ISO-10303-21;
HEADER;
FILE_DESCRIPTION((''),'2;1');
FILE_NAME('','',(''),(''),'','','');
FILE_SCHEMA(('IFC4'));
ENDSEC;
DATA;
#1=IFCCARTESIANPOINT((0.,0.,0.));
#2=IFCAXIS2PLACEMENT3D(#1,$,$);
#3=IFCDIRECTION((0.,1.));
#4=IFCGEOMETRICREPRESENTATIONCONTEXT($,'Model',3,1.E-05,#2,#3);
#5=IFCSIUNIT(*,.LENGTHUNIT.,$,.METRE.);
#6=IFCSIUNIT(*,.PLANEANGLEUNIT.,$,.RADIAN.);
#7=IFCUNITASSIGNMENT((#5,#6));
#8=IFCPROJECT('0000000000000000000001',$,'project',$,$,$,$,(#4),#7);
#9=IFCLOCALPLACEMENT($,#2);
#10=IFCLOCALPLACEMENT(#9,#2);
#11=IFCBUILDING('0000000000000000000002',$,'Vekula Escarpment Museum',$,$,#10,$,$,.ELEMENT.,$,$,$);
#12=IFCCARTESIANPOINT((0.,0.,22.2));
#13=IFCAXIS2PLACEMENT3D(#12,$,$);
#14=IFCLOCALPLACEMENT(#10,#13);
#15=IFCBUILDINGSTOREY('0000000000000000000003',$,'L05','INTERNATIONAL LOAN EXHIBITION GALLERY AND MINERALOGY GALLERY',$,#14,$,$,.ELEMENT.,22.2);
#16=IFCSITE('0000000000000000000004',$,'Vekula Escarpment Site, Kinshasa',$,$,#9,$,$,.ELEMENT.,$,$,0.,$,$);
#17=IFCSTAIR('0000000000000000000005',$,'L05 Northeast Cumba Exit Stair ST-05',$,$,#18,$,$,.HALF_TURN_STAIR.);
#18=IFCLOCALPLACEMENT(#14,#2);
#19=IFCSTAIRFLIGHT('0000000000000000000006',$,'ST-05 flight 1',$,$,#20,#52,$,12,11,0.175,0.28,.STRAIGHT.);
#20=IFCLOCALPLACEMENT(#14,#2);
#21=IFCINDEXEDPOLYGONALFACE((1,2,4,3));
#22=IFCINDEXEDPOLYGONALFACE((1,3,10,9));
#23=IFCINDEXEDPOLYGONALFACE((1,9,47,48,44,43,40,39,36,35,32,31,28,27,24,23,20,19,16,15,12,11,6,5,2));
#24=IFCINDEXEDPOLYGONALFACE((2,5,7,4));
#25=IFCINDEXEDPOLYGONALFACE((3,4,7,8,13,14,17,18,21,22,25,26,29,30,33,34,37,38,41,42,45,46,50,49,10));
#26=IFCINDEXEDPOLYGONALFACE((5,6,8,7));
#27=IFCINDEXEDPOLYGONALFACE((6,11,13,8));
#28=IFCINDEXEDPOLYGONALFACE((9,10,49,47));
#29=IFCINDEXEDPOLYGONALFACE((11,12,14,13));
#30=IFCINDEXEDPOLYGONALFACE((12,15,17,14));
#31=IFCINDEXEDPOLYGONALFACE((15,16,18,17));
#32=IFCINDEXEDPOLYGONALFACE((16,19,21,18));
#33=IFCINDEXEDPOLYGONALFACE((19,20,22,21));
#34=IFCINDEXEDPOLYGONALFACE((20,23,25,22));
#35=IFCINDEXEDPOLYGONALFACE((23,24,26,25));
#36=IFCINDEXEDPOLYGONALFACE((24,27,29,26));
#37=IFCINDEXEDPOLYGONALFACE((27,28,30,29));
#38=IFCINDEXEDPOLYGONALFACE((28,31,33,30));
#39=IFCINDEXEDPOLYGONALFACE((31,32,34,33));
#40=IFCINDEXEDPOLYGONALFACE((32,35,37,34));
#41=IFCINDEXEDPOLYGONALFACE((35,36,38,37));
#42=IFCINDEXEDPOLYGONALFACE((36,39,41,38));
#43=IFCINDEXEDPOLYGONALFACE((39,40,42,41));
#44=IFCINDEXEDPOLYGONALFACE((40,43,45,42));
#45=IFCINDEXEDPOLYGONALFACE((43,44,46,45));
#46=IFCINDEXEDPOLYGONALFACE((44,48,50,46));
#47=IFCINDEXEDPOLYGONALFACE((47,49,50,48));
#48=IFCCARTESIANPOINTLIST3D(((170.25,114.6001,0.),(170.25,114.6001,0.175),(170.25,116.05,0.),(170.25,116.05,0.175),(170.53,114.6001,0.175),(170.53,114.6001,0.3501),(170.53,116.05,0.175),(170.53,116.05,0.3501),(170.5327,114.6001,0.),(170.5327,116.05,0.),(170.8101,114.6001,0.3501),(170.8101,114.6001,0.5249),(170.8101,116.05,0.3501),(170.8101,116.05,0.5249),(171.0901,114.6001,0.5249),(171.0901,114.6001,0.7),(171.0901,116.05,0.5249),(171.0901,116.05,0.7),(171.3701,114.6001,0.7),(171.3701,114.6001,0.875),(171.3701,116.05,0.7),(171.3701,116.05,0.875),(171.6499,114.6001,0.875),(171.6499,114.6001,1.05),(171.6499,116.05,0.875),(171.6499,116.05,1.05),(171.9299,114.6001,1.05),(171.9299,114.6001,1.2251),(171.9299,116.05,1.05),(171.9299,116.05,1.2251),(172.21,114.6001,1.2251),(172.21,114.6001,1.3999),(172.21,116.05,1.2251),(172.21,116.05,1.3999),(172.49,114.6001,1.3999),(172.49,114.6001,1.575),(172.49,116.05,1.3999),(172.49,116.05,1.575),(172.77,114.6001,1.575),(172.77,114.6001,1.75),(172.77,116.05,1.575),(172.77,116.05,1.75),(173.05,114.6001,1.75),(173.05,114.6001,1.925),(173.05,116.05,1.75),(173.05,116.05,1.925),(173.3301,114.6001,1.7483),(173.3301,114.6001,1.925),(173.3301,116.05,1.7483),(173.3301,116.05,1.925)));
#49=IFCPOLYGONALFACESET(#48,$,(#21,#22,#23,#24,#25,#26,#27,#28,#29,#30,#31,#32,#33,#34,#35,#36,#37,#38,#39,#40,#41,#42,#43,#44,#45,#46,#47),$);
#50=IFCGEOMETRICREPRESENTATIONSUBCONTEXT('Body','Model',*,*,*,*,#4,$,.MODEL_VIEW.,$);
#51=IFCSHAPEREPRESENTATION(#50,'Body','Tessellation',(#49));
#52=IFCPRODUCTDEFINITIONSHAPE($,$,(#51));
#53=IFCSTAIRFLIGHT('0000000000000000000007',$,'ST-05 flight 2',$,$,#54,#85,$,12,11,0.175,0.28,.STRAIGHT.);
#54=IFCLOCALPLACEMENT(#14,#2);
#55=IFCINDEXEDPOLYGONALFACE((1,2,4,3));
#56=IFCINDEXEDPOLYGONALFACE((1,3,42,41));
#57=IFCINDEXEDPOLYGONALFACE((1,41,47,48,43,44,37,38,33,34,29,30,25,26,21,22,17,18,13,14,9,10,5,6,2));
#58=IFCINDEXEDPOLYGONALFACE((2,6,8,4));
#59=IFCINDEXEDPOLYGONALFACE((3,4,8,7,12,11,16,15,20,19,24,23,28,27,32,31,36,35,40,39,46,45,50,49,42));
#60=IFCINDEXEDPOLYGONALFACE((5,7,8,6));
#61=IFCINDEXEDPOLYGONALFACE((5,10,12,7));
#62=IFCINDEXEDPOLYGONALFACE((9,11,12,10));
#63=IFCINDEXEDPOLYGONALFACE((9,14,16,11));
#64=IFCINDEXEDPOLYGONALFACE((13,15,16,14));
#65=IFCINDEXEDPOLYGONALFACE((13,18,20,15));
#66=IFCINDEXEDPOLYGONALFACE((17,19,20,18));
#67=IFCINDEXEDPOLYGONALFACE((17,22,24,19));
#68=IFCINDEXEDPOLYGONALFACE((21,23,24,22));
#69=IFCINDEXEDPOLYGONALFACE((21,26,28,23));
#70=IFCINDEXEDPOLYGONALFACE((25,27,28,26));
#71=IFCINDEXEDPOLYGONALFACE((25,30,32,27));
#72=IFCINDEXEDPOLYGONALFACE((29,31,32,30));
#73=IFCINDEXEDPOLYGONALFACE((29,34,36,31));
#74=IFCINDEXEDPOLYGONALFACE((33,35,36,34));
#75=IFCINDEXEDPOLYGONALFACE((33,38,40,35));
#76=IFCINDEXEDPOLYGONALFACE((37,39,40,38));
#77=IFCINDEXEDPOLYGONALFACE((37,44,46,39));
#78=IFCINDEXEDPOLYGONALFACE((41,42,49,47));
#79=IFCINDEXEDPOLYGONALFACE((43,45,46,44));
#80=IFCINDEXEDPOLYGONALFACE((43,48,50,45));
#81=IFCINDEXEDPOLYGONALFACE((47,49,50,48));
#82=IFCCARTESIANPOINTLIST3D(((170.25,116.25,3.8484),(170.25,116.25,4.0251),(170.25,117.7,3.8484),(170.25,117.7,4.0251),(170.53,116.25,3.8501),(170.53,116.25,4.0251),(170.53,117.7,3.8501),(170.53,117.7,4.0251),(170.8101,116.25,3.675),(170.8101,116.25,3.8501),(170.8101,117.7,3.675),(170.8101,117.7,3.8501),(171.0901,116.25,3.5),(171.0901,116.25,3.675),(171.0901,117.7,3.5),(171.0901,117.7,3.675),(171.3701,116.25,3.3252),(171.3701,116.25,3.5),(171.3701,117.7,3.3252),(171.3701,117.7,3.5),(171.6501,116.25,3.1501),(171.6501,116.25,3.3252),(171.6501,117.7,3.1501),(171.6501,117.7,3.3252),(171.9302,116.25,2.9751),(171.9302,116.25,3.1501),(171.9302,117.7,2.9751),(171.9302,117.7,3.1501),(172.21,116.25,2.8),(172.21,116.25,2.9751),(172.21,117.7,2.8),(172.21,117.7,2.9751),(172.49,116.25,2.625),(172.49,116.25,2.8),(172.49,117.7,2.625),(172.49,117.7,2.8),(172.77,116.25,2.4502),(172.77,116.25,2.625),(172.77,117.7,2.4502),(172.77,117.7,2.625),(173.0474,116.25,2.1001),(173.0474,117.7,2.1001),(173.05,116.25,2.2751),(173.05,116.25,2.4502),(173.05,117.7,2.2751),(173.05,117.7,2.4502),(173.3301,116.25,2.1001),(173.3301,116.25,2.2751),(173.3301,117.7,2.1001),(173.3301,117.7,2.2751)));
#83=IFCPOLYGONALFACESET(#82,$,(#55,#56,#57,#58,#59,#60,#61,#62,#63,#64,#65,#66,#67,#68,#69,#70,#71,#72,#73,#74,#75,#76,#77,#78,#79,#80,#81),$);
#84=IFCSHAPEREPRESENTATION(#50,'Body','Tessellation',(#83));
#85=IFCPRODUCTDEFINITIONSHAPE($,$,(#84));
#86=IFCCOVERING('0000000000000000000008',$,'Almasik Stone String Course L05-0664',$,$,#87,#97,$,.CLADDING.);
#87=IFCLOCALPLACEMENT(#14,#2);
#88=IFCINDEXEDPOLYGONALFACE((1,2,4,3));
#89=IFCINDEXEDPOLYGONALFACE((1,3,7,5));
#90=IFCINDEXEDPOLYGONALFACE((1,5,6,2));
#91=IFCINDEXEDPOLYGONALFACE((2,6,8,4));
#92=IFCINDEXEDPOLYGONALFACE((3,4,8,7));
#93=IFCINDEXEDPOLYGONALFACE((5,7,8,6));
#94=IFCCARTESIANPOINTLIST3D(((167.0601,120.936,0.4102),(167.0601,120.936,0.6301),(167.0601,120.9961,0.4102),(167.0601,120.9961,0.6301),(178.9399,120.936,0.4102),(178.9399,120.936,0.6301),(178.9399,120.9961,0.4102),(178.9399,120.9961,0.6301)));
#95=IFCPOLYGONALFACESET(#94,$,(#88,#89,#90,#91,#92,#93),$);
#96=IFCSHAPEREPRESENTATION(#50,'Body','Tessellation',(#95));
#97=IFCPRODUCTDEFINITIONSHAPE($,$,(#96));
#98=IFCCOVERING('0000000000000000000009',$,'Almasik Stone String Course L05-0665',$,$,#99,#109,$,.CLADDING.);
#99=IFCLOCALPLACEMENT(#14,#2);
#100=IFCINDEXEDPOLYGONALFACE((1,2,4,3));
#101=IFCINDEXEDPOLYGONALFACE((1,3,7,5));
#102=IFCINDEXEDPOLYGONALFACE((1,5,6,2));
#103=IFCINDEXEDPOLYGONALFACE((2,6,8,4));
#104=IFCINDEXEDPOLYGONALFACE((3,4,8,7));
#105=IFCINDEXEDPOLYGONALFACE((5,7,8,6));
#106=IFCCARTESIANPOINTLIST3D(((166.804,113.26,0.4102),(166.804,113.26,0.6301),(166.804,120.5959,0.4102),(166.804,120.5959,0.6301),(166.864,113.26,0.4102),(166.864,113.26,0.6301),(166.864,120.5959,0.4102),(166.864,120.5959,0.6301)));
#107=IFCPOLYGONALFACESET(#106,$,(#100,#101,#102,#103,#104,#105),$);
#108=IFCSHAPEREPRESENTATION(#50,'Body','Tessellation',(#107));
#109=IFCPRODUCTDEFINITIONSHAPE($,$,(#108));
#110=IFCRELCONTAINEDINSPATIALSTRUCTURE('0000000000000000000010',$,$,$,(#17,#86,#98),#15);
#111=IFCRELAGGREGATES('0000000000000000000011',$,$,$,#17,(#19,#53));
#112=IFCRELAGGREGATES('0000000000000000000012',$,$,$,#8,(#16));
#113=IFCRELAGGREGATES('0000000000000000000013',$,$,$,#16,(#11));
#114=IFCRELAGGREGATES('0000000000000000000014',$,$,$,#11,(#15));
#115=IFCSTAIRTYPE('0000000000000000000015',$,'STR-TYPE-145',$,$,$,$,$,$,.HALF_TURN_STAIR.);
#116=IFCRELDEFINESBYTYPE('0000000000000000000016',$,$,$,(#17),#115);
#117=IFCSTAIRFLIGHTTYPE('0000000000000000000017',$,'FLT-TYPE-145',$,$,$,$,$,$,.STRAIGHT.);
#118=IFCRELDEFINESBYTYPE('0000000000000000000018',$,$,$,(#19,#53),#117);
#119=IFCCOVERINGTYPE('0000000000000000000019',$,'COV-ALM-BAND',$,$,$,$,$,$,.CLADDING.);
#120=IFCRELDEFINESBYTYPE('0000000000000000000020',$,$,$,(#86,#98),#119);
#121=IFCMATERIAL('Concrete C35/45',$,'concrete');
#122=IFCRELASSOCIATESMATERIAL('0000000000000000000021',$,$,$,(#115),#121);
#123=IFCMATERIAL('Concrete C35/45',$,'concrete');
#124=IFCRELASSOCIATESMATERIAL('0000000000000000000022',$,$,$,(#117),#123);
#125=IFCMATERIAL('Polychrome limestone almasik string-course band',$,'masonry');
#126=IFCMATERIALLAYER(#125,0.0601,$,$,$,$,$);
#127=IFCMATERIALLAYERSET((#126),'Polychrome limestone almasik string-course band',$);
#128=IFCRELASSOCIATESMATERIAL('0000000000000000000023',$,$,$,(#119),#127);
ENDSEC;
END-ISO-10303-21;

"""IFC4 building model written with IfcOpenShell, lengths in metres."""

from ifc_helpers import new_model, si_unit, direction, frame, origin, origin_2d, place, context, subcontext, project, spatial, polyline, rectangle, outline, extrude, material, layer, layer_set, type_object, element, aggregate, save


model = new_model("IFC4")

# Units and contexts
model_context = context("Model", 3, precision=1e-05, world=origin(), true_north=direction((0.0, 1.0)))
body_context = subcontext(model_context, "Body", "Model", "MODEL_VIEW")
ifc_project = project(units=[si_unit("LENGTHUNIT", "METRE"), si_unit("PLANEANGLEUNIT", "RADIAN")], contexts=[model_context])

# Site, building, storey
site_placement = place(None, origin())
site = spatial("IfcSite", under=ifc_project, at=site_placement, Name="Vekula Escarpment Site, Kinshasa", CompositionType="ELEMENT", RefElevation=0.0)
building_placement = place(site_placement, origin())
building = spatial("IfcBuilding", under=site, at=building_placement, Name="Vekula Escarpment Museum", CompositionType="ELEMENT")
storey_placement = place(building_placement, frame((0.0, 0.0, 22.2)))
storey = spatial("IfcBuildingStorey", under=building, at=storey_placement, Name="L05", Description="INTERNATIONAL LOAN EXHIBITION GALLERY AND MINERALOGY GALLERY", CompositionType="ELEMENT", Elevation=22.2)

# Stair, stair flights
ifc_material_1 = material(Name="Concrete C35/45", Category="concrete")
stair_type = type_object("IfcStairType", Name="STR-TYPE-145", PredefinedType="HALF_TURN_STAIR", material=ifc_material_1)
stair_placement = place(storey_placement, origin())
stair = element("IfcStair", 1, at=stair_placement, inside=storey, type_object=stair_type, Name="L05 Northeast Cumba Exit Stair ST-05", PredefinedType="HALF_TURN_STAIR")
ifc_material_2 = material(Name="Concrete C35/45", Category="concrete")
stair_flight_type = type_object("IfcStairFlightType", Name="FLT-TYPE-145", PredefinedType="STRAIGHT", material=ifc_material_2)
stair_flight_1_placement = place(storey_placement, frame((170.25, 115.325, 0.0), z_axis=(0.0, 0.0, 1.0), x_axis=(1.0, 0.0, 0.0)))
stair_flight_1 = element("IfcStairFlight", 2, at=stair_flight_1_placement, type_object=stair_flight_type, Name="ST-05 flight 1", NumberOfRisers=12, NumberOfTreads=11, PredefinedType="STRAIGHT", RiserHeight=0.175, TreadLength=0.28, context=body_context, shape_type="SweptSolid", body=[
    extrude(outline(polyline([(0.0, 0.0), (0.0, 0.175), (0.28, 0.175), (0.28, 0.3501), (0.5601, 0.3501), (0.5601, 0.5249), (0.8401, 0.5249), (0.8401, 0.7), (1.1201, 0.7), (1.1201, 0.875), (1.3999, 0.875), (1.3999, 1.05), (1.6799, 1.05), (1.6799, 1.2251), (1.96, 1.2251), (1.96, 1.3999), (2.24, 1.3999), (2.24, 1.575), (2.52, 1.575), (2.52, 1.75), (2.8, 1.75), (2.8, 1.925), (3.0801, 1.925), (3.0801, 2.1001), (3.0801, 1.7483), (0.2827, 0.0), (0.0, 0.0)])), frame((0.0, 0.7251, 0.0), z_axis=(0.0, -1.0, 0.0), x_axis=(1.0, 0.0, 0.0)), (0.0, 0.0, 1.0), 1.45),
])
stair_flight_2_placement = place(storey_placement, frame((173.3301, 116.9751, 2.1001), z_axis=(0.0, 0.0, 1.0), x_axis=(-1.0, 0.0, 0.0)))
stair_flight_2 = element("IfcStairFlight", 3, at=stair_flight_2_placement, type_object=stair_flight_type, Name="ST-05 flight 2", NumberOfRisers=12, NumberOfTreads=11, PredefinedType="STRAIGHT", RiserHeight=0.175, TreadLength=0.28, context=body_context, shape_type="SweptSolid", body=[
    extrude(outline(polyline([(0.0, 0.0), (0.0, 0.175), (0.28, 0.175), (0.28, 0.3501), (0.5601, 0.3501), (0.5601, 0.5249), (0.8401, 0.5249), (0.8401, 0.7), (1.1201, 0.7), (1.1201, 0.875), (1.3999, 0.875), (1.3999, 1.05), (1.6799, 1.05), (1.6799, 1.2251), (1.96, 1.2251), (1.96, 1.3999), (2.24, 1.3999), (2.24, 1.575), (2.52, 1.575), (2.52, 1.75), (2.8, 1.75), (2.8, 1.925), (3.0801, 1.925), (3.0801, 2.1001), (3.0801, 1.7483), (0.2827, 0.0), (0.0, 0.0)])), frame((0.0, 0.7251, 0.0), z_axis=(0.0, -1.0, 0.0), x_axis=(1.0, 0.0, 0.0)), (0.0, 0.0, 1.0), 1.45),
])
aggregate(stair, [stair_flight_1, stair_flight_2])

# Coverings
ifc_material_3 = material(Name="Polychrome limestone almasik string-course band", Category="masonry")
ifc_layer_1 = layer(ifc_material_3, 0.0601)
ifc_layer_set_1 = layer_set([ifc_layer_1], Name="Polychrome limestone almasik string-course band")
covering_type = type_object("IfcCoveringType", Name="COV-ALM-BAND", PredefinedType="CLADDING", material=ifc_layer_set_1)
covering_1_placement = place(storey_placement, frame((173.0, 120.9661, 0.4102), z_axis=(0.0, 0.0, 1.0), x_axis=(1.0, 0.0, 0.0)))
element("IfcCovering", 4, at=covering_1_placement, inside=storey, type_object=covering_type, Name="Almasik Stone String Course L05-0664", PredefinedType="CLADDING", context=body_context, shape_type="SweptSolid", body=[
    extrude(rectangle(XDim=11.8799, YDim=0.0601, at=origin_2d()), origin(), (0.0, 0.0, 1.0), 0.22),
])
covering_2_placement = place(storey_placement, frame((166.834, 116.928, 0.4102), z_axis=(0.0, 0.0, 1.0), x_axis=(0.0, 1.0, 0.0)))
element("IfcCovering", 5, at=covering_2_placement, inside=storey, type_object=covering_type, Name="Almasik Stone String Course L05-0665", PredefinedType="CLADDING", context=body_context, shape_type="SweptSolid", body=[
    extrude(rectangle(XDim=7.3359, YDim=0.0601, at=origin_2d()), origin(), (0.0, 0.0, 1.0), 0.22),
])

save(model, "model.ifc")
